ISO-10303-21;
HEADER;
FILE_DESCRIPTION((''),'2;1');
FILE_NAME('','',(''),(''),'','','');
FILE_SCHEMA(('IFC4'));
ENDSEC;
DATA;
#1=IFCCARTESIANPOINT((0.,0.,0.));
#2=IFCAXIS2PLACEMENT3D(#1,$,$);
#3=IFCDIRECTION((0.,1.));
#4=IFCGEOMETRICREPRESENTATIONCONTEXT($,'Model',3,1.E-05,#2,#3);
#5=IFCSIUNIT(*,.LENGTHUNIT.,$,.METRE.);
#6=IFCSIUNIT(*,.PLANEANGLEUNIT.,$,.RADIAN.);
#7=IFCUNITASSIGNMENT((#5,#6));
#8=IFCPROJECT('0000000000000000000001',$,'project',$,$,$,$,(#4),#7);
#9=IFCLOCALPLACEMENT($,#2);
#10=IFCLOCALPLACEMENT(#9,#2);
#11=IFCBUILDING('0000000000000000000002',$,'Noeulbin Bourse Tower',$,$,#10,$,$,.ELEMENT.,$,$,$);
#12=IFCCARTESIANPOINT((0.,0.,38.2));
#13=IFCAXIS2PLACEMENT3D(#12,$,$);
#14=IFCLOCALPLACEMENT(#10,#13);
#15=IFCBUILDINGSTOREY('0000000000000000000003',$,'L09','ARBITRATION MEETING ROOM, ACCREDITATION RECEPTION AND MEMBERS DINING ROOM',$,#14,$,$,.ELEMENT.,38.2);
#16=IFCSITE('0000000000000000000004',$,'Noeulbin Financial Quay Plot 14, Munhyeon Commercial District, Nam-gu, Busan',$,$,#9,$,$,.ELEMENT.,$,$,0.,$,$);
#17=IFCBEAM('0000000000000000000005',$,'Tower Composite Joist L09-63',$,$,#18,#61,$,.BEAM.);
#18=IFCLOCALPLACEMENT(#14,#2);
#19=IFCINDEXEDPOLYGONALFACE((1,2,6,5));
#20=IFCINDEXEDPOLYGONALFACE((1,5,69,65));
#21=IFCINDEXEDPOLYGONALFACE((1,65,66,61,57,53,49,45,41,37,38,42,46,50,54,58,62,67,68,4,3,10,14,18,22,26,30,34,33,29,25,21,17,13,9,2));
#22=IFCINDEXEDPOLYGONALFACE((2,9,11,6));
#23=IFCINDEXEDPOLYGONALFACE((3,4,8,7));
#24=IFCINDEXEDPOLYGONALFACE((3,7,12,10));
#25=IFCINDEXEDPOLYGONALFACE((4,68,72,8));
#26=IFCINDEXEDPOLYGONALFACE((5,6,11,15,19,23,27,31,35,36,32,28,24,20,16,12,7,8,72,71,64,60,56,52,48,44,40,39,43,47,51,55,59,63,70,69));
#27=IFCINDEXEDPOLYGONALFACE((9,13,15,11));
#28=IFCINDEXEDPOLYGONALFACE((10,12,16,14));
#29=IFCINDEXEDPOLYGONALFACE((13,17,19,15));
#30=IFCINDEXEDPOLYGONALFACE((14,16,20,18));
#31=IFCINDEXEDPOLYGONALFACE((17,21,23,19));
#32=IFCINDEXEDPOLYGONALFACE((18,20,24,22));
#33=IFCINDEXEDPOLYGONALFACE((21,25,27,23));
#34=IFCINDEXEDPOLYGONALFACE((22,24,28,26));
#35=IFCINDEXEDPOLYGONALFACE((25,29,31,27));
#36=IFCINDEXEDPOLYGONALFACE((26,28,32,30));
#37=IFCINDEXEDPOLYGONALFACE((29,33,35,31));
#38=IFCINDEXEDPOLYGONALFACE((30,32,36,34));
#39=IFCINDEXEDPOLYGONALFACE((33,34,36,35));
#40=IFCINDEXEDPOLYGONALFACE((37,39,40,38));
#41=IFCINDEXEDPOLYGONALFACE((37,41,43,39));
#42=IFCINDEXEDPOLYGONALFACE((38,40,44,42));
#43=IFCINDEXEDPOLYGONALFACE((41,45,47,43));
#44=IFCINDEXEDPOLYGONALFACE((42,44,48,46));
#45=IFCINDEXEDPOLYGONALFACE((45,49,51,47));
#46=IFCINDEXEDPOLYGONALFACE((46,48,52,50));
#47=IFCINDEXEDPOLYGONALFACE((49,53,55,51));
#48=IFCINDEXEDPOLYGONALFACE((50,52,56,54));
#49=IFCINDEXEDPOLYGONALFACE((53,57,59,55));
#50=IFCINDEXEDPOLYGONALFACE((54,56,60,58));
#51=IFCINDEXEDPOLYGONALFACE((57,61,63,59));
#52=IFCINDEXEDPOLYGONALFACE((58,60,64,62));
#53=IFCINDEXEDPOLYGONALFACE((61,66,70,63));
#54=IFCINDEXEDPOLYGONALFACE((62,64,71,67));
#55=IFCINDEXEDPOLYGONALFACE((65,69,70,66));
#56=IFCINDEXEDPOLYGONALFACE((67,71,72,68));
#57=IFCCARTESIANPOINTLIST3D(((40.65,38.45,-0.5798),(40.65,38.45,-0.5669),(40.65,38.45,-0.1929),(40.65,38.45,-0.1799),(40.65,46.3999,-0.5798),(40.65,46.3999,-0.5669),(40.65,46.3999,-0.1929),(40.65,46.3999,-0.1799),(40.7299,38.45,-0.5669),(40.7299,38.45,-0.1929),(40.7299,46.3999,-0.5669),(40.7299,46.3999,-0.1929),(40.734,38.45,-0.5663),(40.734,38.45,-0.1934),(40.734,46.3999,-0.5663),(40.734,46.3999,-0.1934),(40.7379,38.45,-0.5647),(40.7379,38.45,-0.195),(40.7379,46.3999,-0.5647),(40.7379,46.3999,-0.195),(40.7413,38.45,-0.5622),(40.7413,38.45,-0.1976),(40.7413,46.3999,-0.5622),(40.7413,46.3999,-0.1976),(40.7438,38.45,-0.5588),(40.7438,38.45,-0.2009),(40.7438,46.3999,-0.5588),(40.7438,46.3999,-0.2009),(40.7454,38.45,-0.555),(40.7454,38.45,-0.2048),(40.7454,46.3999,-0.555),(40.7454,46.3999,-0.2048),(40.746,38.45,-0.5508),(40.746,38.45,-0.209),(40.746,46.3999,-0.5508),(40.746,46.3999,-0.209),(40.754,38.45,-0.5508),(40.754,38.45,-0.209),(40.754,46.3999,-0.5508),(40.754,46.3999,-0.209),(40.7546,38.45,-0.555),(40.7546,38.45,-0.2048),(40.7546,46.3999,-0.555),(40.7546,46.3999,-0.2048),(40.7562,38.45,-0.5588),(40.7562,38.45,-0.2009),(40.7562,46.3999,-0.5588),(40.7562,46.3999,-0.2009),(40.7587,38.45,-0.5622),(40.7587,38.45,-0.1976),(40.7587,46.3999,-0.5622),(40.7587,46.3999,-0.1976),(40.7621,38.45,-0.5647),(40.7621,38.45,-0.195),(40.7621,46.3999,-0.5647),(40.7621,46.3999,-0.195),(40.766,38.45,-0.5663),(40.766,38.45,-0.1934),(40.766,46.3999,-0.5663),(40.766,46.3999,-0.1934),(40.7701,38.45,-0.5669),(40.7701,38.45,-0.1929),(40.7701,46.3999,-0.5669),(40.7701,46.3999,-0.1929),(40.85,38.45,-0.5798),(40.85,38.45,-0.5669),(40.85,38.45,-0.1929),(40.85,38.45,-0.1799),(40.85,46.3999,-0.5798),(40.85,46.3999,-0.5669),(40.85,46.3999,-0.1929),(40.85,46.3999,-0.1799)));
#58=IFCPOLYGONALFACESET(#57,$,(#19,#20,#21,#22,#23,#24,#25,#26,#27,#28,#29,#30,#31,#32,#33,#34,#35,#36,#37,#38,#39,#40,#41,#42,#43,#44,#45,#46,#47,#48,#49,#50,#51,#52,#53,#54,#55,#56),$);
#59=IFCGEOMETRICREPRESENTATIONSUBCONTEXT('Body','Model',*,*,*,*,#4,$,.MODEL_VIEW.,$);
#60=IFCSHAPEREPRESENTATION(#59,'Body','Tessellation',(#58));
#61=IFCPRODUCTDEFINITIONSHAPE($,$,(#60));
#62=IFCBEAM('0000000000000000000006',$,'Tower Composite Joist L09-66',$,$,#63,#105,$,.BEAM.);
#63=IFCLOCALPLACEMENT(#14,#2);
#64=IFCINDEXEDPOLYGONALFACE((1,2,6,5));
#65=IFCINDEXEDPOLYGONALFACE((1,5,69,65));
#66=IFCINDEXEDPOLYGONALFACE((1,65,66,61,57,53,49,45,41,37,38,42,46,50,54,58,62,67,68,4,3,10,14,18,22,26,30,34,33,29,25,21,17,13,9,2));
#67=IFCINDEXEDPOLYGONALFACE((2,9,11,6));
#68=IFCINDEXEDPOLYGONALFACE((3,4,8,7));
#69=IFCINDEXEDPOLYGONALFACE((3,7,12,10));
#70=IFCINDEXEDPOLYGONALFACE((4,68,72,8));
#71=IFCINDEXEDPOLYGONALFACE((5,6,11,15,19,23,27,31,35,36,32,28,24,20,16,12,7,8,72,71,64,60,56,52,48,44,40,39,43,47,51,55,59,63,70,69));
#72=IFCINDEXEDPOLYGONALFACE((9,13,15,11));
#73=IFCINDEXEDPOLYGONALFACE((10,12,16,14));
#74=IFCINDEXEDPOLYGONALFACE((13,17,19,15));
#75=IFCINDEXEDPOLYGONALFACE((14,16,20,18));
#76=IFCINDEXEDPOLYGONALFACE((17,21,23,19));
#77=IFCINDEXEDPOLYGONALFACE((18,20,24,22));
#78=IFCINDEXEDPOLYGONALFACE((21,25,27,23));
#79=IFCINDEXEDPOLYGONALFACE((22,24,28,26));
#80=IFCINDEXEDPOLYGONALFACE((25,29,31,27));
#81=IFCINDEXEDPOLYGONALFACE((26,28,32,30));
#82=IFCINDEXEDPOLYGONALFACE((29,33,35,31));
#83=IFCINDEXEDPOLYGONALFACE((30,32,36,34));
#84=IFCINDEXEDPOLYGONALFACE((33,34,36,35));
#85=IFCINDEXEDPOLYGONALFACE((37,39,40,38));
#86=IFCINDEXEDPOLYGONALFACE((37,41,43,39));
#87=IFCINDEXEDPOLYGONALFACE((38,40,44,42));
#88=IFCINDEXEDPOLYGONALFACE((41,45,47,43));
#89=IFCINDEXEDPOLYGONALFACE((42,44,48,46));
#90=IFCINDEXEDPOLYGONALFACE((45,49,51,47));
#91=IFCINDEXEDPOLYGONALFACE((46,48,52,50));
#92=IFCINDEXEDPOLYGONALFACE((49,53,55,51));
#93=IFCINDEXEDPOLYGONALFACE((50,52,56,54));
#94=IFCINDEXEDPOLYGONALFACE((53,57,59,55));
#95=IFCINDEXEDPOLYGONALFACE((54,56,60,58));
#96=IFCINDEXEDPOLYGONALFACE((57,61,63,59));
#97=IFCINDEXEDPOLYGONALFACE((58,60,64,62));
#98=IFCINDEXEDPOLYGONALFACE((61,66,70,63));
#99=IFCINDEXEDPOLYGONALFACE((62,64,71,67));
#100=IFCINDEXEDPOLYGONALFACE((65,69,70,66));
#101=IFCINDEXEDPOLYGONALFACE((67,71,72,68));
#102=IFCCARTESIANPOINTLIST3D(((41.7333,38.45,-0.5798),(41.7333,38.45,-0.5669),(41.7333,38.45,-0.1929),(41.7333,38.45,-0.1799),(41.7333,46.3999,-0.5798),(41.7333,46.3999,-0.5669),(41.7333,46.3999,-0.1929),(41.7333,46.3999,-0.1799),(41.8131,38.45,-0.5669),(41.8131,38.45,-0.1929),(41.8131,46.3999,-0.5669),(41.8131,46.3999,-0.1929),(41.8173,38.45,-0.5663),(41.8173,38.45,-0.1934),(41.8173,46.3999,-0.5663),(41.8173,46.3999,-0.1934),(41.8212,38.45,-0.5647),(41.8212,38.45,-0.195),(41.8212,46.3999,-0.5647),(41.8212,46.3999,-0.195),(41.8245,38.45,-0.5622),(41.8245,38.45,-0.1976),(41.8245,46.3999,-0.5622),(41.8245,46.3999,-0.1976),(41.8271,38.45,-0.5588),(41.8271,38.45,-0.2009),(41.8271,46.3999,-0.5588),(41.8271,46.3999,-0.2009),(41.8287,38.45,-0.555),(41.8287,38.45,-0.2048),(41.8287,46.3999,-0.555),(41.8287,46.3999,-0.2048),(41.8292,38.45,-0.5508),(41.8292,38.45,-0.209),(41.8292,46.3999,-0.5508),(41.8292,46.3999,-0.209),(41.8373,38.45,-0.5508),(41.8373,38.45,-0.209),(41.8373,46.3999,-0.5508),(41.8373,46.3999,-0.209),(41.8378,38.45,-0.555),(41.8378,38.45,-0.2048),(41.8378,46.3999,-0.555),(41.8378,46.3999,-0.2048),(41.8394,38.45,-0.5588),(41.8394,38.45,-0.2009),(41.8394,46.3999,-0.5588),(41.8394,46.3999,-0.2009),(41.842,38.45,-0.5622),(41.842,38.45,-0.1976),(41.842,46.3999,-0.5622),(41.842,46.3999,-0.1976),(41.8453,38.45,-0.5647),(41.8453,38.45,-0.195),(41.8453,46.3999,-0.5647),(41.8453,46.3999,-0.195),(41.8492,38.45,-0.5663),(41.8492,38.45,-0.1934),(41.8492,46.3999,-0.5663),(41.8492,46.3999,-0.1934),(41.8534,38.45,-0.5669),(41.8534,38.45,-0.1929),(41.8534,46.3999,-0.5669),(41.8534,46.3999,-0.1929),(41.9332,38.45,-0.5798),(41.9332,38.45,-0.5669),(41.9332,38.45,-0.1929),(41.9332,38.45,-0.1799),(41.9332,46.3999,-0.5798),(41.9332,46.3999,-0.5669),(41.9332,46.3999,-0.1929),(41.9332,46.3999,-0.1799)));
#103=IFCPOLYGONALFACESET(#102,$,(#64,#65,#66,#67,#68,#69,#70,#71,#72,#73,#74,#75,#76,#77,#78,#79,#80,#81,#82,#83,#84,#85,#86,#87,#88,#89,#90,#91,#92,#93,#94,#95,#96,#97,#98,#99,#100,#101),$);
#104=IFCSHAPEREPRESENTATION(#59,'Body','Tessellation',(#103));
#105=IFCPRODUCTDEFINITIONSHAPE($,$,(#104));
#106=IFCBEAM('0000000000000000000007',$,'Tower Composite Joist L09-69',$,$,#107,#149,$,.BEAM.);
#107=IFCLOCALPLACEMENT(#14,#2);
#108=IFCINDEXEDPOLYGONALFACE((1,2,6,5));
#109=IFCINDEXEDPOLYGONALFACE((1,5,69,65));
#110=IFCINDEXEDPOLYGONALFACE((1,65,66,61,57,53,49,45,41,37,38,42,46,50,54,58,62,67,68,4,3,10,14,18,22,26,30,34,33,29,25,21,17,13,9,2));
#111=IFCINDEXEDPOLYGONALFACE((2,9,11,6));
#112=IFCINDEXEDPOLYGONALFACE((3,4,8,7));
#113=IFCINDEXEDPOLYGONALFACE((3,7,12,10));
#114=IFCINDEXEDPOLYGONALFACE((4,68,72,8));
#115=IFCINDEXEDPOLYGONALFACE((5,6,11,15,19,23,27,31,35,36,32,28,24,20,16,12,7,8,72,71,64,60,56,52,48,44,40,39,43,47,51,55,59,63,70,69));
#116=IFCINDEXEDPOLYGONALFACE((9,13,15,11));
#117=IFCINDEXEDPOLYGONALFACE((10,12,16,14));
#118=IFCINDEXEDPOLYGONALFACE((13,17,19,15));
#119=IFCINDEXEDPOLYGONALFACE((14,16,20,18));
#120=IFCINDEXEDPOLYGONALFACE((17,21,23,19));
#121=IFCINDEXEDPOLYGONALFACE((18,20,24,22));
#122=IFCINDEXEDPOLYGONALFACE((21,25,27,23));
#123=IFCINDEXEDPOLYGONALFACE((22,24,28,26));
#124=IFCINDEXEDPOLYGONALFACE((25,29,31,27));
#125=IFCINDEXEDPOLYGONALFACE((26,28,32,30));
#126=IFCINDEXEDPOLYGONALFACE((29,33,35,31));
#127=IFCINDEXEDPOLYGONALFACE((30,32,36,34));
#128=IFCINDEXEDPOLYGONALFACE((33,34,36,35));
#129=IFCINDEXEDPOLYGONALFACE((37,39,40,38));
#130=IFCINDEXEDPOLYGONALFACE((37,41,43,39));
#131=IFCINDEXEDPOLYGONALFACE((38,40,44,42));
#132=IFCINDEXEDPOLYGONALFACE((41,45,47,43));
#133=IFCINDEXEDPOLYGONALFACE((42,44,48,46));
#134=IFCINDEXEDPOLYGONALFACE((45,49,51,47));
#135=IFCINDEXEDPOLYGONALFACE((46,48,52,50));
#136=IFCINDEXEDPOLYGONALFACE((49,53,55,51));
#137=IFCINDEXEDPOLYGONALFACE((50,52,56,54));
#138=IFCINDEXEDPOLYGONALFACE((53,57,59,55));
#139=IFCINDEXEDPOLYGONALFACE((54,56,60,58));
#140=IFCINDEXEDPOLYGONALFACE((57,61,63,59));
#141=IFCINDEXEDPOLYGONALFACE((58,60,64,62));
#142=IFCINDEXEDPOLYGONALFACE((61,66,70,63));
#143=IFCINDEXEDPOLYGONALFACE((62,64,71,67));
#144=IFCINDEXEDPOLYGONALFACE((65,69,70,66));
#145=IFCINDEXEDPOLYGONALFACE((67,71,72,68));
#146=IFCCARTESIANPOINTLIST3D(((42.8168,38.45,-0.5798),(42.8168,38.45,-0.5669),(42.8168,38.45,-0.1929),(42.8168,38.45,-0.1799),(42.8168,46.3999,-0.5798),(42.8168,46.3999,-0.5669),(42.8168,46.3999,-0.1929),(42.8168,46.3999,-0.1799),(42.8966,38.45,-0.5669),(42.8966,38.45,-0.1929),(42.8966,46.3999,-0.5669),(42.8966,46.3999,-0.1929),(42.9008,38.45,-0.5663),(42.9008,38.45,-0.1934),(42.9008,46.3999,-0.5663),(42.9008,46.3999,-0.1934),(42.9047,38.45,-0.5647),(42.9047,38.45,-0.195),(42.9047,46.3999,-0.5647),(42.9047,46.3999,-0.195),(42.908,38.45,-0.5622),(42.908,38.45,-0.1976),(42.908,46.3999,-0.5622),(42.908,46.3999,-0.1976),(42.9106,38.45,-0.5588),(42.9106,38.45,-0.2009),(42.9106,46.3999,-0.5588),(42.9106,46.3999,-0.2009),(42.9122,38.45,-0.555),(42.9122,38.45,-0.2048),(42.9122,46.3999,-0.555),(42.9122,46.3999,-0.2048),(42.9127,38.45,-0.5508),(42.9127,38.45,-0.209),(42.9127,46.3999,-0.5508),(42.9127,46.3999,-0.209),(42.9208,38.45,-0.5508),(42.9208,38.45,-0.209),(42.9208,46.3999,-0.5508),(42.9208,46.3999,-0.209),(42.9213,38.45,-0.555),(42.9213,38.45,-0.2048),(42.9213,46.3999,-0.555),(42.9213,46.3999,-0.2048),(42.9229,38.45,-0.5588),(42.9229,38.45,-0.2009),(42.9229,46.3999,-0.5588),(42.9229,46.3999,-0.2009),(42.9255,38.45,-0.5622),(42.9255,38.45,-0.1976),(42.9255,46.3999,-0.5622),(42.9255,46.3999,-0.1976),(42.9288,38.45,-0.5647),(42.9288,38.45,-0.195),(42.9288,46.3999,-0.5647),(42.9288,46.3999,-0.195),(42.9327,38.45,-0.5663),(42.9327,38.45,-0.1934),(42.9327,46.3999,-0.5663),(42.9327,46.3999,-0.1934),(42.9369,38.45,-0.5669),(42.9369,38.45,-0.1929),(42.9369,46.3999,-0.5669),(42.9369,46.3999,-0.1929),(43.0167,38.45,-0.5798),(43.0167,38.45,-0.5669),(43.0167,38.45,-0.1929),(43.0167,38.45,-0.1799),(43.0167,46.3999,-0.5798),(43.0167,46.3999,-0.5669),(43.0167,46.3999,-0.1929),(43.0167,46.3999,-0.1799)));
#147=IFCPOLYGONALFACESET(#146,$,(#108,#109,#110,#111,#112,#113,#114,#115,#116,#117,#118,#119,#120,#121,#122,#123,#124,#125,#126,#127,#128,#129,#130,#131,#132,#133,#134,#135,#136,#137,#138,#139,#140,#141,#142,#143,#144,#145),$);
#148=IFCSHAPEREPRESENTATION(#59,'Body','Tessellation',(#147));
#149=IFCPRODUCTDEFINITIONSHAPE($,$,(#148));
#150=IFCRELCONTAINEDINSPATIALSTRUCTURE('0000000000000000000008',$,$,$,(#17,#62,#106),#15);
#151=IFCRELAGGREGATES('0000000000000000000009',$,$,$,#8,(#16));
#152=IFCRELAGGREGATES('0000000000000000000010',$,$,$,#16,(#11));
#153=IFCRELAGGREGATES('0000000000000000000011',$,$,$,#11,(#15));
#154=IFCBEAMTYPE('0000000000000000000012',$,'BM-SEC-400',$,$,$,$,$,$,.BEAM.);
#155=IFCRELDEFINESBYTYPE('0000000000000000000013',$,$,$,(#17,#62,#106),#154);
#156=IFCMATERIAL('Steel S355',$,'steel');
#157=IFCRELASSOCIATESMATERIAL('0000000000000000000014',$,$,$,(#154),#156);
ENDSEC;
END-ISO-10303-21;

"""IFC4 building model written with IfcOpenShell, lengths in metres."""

from ifc_helpers import new_model, si_unit, direction, frame, origin, origin_2d, place, context, subcontext, project, spatial, i_section, extrude, material, material_profile, profile_set, type_object, element, save


model = new_model("IFC4")

# Units and contexts
model_context = context("Model", 3, precision=1e-05, world=origin(), true_north=direction((0.0, 1.0)))
body_context = subcontext(model_context, "Body", "Model", "MODEL_VIEW")
ifc_project = project(units=[si_unit("LENGTHUNIT", "METRE"), si_unit("PLANEANGLEUNIT", "RADIAN")], contexts=[model_context])

# Site, building, storey
site_placement = place(None, origin())
site = spatial("IfcSite", under=ifc_project, at=site_placement, Name="Noeulbin Financial Quay Plot 14, Munhyeon Commercial District, Nam-gu, Busan", CompositionType="ELEMENT", RefElevation=0.0)
building_placement = place(site_placement, origin())
building = spatial("IfcBuilding", under=site, at=building_placement, Name="Noeulbin Bourse Tower", CompositionType="ELEMENT")
storey_placement = place(building_placement, frame((0.0, 0.0, 38.2)))
storey = spatial("IfcBuildingStorey", under=building, at=storey_placement, Name="L09", Description="ARBITRATION MEETING ROOM, ACCREDITATION RECEPTION AND MEMBERS DINING ROOM", CompositionType="ELEMENT", Elevation=38.2)

# Beams
ifc_material_1 = material(Name="Steel S355", Category="steel")
ifc_material_profile_1 = material_profile(ifc_material_1, i_section(OverallWidth=0.2, OverallDepth=0.3999, WebThickness=0.0081, FlangeThickness=0.0129, FilletRadius=0.0161, at=origin_2d()), Name="H-400x200x8x13", Category="LoadBearing")
ifc_profile_set_1 = profile_set([ifc_material_profile_1], Name="Steel S355")
beam_type_1 = type_object("IfcBeamType", Name="BM-SEC-400", PredefinedType="BEAM", material=ifc_profile_set_1)
for number, where, z_axis, x_axis, name in (
    (1, (40.75, 38.45, -0.3799), (0.0, 1.0, 0.0), (-1.0, 0.0, 0.0), "Tower Composite Joist L09-63"),
    (2, (41.8333, 38.45, -0.3799), (0.0, 1.0, 0.0), (-1.0, 0.0, 0.0), "Tower Composite Joist L09-66"),
    (3, (42.9167, 38.45, -0.3799), (0.0, 1.0, 0.0), (-1.0, 0.0, 0.0), "Tower Composite Joist L09-69"),
):
    element("IfcBeam", number, at=place(storey_placement, frame(where, z_axis=z_axis, x_axis=x_axis)), inside=storey, type_object=beam_type_1, Name=name, PredefinedType="BEAM", context=body_context, shape_type="SweptSolid", body=[
        extrude(i_section(OverallWidth=0.2, OverallDepth=0.3999, WebThickness=0.0081, FlangeThickness=0.0129, FilletRadius=0.0161, at=origin_2d()), origin(), (0.0, 0.0, 1.0), 7.95),
    ])

save(model, "model.ifc")
